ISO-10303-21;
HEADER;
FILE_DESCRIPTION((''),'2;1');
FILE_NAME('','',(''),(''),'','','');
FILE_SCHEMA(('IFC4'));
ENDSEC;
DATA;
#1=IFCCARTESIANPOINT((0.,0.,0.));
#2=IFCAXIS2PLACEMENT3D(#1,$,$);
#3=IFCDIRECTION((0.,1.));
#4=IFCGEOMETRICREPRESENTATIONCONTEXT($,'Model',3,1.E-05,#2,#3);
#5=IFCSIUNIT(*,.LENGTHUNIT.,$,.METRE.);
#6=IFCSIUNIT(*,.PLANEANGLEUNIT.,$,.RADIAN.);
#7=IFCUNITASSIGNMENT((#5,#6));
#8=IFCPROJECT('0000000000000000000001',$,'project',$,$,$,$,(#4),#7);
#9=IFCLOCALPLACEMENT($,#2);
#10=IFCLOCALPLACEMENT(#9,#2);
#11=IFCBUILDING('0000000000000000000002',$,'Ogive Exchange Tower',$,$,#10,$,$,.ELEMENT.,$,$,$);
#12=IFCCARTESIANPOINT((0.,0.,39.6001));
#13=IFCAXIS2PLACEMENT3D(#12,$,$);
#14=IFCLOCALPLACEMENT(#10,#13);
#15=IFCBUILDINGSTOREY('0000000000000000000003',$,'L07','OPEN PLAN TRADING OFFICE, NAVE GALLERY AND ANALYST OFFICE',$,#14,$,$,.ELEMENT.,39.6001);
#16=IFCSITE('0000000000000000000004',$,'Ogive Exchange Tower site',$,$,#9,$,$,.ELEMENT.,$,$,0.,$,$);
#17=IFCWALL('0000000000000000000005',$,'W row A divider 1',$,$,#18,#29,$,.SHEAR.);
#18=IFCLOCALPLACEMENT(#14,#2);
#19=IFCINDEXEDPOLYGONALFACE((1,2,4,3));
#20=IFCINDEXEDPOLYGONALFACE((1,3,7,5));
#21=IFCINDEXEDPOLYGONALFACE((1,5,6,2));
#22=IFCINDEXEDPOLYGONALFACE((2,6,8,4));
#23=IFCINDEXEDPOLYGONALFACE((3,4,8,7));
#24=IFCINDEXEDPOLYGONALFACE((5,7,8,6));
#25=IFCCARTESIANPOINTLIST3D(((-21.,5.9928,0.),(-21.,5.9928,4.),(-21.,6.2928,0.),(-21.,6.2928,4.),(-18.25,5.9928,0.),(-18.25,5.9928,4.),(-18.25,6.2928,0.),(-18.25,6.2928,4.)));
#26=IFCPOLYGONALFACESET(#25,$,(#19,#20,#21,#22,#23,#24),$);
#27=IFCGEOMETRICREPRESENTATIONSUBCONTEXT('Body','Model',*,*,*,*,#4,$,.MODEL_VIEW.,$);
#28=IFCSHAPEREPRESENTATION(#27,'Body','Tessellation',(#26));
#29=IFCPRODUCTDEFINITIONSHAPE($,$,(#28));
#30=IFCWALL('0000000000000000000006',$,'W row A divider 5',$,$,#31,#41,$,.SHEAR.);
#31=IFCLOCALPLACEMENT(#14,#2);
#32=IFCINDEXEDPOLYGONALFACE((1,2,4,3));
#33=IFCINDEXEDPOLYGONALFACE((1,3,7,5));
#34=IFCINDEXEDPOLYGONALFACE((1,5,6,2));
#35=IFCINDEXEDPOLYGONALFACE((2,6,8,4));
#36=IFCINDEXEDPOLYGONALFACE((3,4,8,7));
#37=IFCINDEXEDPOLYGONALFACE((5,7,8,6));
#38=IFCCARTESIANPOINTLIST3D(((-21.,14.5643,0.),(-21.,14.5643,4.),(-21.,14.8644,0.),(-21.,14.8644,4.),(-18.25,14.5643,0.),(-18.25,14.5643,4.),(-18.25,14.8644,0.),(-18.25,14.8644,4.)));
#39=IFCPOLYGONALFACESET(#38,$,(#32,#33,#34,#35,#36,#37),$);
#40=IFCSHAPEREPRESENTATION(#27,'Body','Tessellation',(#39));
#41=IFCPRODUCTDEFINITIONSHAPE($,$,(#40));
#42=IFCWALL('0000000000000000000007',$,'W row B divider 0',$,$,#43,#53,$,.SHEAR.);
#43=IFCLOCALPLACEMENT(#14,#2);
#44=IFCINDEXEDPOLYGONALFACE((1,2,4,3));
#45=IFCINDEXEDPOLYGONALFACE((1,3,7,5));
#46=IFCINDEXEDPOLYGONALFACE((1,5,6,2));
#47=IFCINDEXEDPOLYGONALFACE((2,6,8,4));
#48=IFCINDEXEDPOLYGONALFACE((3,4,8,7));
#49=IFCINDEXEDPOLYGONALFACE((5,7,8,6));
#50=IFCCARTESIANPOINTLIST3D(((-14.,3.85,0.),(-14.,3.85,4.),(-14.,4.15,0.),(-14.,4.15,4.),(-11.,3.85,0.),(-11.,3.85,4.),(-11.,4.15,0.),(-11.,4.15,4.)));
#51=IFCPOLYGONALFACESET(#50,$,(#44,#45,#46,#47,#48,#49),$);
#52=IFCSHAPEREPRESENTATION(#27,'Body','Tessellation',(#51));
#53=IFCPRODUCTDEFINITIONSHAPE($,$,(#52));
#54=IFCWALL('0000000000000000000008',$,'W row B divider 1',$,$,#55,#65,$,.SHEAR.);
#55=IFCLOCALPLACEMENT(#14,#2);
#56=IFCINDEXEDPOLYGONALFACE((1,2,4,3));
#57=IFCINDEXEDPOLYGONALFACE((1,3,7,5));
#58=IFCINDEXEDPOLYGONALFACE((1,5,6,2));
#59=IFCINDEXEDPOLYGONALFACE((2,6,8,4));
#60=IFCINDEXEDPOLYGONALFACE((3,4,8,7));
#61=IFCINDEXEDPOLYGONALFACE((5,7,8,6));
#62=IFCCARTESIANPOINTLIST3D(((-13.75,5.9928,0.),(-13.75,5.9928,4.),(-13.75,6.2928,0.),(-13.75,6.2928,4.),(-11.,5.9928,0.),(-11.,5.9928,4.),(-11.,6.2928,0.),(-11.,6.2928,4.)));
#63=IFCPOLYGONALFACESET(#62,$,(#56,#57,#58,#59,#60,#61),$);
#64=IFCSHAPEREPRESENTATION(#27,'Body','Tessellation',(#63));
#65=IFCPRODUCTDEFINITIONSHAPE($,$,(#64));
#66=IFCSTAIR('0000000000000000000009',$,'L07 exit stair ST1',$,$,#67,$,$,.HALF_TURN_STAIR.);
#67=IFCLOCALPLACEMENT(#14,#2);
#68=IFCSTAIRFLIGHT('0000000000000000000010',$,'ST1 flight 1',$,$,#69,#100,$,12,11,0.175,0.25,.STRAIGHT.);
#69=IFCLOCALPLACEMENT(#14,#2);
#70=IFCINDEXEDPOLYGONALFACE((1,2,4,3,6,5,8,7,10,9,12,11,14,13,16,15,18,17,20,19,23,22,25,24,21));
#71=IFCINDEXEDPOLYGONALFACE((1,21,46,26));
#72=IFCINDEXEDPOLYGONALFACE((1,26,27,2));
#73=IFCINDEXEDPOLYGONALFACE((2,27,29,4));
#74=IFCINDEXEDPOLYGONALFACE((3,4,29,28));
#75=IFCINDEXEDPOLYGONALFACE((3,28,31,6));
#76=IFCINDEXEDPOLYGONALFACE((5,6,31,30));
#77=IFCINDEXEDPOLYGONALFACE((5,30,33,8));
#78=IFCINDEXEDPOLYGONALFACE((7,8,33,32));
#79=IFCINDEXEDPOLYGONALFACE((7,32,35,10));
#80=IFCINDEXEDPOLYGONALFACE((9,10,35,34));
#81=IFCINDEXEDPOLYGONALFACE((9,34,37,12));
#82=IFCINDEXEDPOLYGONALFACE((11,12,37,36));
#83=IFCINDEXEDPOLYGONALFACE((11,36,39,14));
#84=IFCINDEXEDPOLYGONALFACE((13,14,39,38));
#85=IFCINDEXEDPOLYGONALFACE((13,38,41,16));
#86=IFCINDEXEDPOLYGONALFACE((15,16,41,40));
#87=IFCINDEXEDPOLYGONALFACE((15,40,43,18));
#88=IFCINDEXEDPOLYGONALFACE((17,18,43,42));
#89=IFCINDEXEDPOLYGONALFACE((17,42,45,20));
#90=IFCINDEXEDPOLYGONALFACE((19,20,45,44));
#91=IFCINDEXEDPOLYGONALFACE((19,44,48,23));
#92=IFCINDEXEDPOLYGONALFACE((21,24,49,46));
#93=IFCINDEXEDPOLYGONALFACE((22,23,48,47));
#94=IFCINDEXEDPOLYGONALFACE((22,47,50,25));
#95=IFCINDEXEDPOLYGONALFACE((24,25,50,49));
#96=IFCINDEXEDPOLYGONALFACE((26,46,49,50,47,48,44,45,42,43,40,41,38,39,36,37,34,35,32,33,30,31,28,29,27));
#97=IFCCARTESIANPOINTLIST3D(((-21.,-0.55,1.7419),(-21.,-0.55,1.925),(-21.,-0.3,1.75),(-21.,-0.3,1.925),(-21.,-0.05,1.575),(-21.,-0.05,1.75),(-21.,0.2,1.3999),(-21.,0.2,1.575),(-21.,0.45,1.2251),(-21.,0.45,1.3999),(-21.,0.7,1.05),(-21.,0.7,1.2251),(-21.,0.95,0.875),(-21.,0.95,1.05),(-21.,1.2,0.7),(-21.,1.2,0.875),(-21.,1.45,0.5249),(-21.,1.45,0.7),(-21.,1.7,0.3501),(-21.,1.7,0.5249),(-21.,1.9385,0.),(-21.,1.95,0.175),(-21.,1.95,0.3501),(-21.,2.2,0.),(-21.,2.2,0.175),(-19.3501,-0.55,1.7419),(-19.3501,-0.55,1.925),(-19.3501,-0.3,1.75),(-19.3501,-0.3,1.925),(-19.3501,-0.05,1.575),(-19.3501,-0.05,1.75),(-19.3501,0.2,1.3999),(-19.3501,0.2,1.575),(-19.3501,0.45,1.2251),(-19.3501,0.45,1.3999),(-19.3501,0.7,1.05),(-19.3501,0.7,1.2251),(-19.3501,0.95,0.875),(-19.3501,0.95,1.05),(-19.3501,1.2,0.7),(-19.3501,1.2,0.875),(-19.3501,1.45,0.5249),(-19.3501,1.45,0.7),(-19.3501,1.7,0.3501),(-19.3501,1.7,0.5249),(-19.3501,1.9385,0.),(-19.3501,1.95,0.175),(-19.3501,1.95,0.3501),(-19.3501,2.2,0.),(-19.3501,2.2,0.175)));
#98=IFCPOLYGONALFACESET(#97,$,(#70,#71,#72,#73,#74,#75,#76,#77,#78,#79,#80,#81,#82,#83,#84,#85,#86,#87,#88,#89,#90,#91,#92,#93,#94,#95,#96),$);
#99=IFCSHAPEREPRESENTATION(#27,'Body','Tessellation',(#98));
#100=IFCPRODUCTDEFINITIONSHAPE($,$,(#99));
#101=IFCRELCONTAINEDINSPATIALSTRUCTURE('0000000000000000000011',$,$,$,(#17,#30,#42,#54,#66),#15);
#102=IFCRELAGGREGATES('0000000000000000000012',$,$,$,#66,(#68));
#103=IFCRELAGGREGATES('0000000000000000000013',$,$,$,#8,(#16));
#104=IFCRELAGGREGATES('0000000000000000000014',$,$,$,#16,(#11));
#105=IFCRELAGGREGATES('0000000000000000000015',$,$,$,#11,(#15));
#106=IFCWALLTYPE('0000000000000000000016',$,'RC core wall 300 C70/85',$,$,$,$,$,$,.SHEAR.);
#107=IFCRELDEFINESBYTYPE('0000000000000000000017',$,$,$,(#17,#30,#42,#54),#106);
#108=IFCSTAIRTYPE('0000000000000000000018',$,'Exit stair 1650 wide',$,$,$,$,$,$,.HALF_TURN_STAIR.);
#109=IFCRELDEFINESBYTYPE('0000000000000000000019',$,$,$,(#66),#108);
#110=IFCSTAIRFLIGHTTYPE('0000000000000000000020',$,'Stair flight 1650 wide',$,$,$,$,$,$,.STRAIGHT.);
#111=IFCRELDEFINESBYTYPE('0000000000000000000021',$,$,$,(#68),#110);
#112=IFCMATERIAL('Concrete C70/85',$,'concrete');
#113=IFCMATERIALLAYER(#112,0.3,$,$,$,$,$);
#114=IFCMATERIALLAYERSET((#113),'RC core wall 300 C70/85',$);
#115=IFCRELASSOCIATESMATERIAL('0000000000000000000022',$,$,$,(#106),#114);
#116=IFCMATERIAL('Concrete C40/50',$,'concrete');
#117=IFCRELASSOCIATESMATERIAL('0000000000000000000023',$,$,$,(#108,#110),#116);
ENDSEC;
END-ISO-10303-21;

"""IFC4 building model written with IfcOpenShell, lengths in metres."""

from ifc_helpers import new_model, si_unit, direction, frame, frame_2d, origin, place, context, subcontext, project, spatial, polyline, rectangle, outline, extrude, material, layer, layer_set, type_object, element, aggregate, save


model = new_model("IFC4")

# Units and contexts
model_context = context("Model", 3, precision=1e-05, world=origin(), true_north=direction((0.0, 1.0)))
body_context = subcontext(model_context, "Body", "Model", "MODEL_VIEW")
ifc_project = project(units=[si_unit("LENGTHUNIT", "METRE"), si_unit("PLANEANGLEUNIT", "RADIAN")], contexts=[model_context])

# Site, building, storey
site_placement = place(None, origin())
site = spatial("IfcSite", under=ifc_project, at=site_placement, Name="Ogive Exchange Tower site", CompositionType="ELEMENT", RefElevation=0.0)
building_placement = place(site_placement, origin())
building = spatial("IfcBuilding", under=site, at=building_placement, Name="Ogive Exchange Tower", CompositionType="ELEMENT")
storey_placement = place(building_placement, frame((0.0, 0.0, 39.6001)))
storey = spatial("IfcBuildingStorey", under=building, at=storey_placement, Name="L07", Description="OPEN PLAN TRADING OFFICE, NAVE GALLERY AND ANALYST OFFICE", CompositionType="ELEMENT", Elevation=39.6001)

# Shared definitions
ifc_material_1 = material(Name="Concrete C70/85", Category="concrete")

# Walls
ifc_layer_1 = layer(ifc_material_1, 0.3)
ifc_layer_set_1 = layer_set([ifc_layer_1], Name="RC core wall 300 C70/85")
wall_type_1 = type_object("IfcWallType", Name="RC core wall 300 C70/85", PredefinedType="SHEAR", material=ifc_layer_set_1)
for number, where, z_axis, x_axis, name in (
    (1, (-21.0, 6.1428, 0.0), (0.0, 0.0, 1.0), (1.0, 0.0, 0.0), "W row A divider 1"),
    (2, (-21.0, 14.7144, 0.0), (0.0, 0.0, 1.0), (1.0, 0.0, 0.0), "W row A divider 5"),
):
    element("IfcWall", number, at=place(storey_placement, frame(where, z_axis=z_axis, x_axis=x_axis)), inside=storey, type_object=wall_type_1, Name=name, PredefinedType="SHEAR", context=body_context, shape_type="SweptSolid", body=[
        extrude(rectangle(XDim=2.75, YDim=0.3, at=frame_2d((1.375, 0.0))), origin(), (0.0, 0.0, 1.0), 4.0),
    ])
wall_1_placement = place(storey_placement, frame((-14.0, 4.0, 0.0), z_axis=(0.0, 0.0, 1.0), x_axis=(1.0, 0.0, 0.0)))
element("IfcWall", 3, at=wall_1_placement, inside=storey, type_object=wall_type_1, Name="W row B divider 0", PredefinedType="SHEAR", context=body_context, shape_type="SweptSolid", body=[
    extrude(rectangle(XDim=3.0, YDim=0.3, at=frame_2d((1.5, 0.0))), origin(), (0.0, 0.0, 1.0), 4.0),
])
wall_2_placement = place(storey_placement, frame((-13.75, 6.1428, 0.0), z_axis=(0.0, 0.0, 1.0), x_axis=(1.0, 0.0, 0.0)))
element("IfcWall", 4, at=wall_2_placement, inside=storey, type_object=wall_type_1, Name="W row B divider 1", PredefinedType="SHEAR", context=body_context, shape_type="SweptSolid", body=[
    extrude(rectangle(XDim=2.75, YDim=0.3, at=frame_2d((1.375, 0.0))), origin(), (0.0, 0.0, 1.0), 4.0),
])

# Stair, stair flight
ifc_material_2 = material(Name="Concrete C40/50", Category="concrete")
stair_type = type_object("IfcStairType", Name="Exit stair 1650 wide", PredefinedType="HALF_TURN_STAIR", material=ifc_material_2)
stair_placement = place(storey_placement, origin())
stair = element("IfcStair", 5, at=stair_placement, inside=storey, type_object=stair_type, Name="L07 exit stair ST1", PredefinedType="HALF_TURN_STAIR")
stair_flight_type = type_object("IfcStairFlightType", Name="Stair flight 1650 wide", PredefinedType="STRAIGHT", material=ifc_material_2)
stair_flight_placement = place(storey_placement, frame((-20.175, 2.2, 0.0), z_axis=(0.0, 0.0, 1.0), x_axis=(0.0, -1.0, 0.0)))
stair_flight = element("IfcStairFlight", 6, at=stair_flight_placement, type_object=stair_flight_type, Name="ST1 flight 1", NumberOfRisers=12, NumberOfTreads=11, PredefinedType="STRAIGHT", RiserHeight=0.175, TreadLength=0.25, context=body_context, shape_type="SweptSolid", body=[
    extrude(outline(polyline([(0.0, 0.0), (0.0, 0.175), (0.25, 0.175), (0.25, 0.3501), (0.5, 0.3501), (0.5, 0.5249), (0.75, 0.5249), (0.75, 0.7), (1.0, 0.7), (1.0, 0.875), (1.25, 0.875), (1.25, 1.05), (1.5, 1.05), (1.5, 1.2251), (1.75, 1.2251), (1.75, 1.3999), (2.0, 1.3999), (2.0, 1.575), (2.25, 1.575), (2.25, 1.75), (2.5, 1.75), (2.5, 1.925), (2.75, 1.925), (2.75, 2.1001), (2.75, 1.7419), (0.2615, 0.0), (0.0, 0.0)])), frame((0.0, 0.825, 0.0), z_axis=(0.0, -1.0, 0.0), x_axis=(1.0, 0.0, 0.0)), (0.0, 0.0, 1.0), 1.6499),
])
aggregate(stair, [stair_flight])

save(model, "model.ifc")
